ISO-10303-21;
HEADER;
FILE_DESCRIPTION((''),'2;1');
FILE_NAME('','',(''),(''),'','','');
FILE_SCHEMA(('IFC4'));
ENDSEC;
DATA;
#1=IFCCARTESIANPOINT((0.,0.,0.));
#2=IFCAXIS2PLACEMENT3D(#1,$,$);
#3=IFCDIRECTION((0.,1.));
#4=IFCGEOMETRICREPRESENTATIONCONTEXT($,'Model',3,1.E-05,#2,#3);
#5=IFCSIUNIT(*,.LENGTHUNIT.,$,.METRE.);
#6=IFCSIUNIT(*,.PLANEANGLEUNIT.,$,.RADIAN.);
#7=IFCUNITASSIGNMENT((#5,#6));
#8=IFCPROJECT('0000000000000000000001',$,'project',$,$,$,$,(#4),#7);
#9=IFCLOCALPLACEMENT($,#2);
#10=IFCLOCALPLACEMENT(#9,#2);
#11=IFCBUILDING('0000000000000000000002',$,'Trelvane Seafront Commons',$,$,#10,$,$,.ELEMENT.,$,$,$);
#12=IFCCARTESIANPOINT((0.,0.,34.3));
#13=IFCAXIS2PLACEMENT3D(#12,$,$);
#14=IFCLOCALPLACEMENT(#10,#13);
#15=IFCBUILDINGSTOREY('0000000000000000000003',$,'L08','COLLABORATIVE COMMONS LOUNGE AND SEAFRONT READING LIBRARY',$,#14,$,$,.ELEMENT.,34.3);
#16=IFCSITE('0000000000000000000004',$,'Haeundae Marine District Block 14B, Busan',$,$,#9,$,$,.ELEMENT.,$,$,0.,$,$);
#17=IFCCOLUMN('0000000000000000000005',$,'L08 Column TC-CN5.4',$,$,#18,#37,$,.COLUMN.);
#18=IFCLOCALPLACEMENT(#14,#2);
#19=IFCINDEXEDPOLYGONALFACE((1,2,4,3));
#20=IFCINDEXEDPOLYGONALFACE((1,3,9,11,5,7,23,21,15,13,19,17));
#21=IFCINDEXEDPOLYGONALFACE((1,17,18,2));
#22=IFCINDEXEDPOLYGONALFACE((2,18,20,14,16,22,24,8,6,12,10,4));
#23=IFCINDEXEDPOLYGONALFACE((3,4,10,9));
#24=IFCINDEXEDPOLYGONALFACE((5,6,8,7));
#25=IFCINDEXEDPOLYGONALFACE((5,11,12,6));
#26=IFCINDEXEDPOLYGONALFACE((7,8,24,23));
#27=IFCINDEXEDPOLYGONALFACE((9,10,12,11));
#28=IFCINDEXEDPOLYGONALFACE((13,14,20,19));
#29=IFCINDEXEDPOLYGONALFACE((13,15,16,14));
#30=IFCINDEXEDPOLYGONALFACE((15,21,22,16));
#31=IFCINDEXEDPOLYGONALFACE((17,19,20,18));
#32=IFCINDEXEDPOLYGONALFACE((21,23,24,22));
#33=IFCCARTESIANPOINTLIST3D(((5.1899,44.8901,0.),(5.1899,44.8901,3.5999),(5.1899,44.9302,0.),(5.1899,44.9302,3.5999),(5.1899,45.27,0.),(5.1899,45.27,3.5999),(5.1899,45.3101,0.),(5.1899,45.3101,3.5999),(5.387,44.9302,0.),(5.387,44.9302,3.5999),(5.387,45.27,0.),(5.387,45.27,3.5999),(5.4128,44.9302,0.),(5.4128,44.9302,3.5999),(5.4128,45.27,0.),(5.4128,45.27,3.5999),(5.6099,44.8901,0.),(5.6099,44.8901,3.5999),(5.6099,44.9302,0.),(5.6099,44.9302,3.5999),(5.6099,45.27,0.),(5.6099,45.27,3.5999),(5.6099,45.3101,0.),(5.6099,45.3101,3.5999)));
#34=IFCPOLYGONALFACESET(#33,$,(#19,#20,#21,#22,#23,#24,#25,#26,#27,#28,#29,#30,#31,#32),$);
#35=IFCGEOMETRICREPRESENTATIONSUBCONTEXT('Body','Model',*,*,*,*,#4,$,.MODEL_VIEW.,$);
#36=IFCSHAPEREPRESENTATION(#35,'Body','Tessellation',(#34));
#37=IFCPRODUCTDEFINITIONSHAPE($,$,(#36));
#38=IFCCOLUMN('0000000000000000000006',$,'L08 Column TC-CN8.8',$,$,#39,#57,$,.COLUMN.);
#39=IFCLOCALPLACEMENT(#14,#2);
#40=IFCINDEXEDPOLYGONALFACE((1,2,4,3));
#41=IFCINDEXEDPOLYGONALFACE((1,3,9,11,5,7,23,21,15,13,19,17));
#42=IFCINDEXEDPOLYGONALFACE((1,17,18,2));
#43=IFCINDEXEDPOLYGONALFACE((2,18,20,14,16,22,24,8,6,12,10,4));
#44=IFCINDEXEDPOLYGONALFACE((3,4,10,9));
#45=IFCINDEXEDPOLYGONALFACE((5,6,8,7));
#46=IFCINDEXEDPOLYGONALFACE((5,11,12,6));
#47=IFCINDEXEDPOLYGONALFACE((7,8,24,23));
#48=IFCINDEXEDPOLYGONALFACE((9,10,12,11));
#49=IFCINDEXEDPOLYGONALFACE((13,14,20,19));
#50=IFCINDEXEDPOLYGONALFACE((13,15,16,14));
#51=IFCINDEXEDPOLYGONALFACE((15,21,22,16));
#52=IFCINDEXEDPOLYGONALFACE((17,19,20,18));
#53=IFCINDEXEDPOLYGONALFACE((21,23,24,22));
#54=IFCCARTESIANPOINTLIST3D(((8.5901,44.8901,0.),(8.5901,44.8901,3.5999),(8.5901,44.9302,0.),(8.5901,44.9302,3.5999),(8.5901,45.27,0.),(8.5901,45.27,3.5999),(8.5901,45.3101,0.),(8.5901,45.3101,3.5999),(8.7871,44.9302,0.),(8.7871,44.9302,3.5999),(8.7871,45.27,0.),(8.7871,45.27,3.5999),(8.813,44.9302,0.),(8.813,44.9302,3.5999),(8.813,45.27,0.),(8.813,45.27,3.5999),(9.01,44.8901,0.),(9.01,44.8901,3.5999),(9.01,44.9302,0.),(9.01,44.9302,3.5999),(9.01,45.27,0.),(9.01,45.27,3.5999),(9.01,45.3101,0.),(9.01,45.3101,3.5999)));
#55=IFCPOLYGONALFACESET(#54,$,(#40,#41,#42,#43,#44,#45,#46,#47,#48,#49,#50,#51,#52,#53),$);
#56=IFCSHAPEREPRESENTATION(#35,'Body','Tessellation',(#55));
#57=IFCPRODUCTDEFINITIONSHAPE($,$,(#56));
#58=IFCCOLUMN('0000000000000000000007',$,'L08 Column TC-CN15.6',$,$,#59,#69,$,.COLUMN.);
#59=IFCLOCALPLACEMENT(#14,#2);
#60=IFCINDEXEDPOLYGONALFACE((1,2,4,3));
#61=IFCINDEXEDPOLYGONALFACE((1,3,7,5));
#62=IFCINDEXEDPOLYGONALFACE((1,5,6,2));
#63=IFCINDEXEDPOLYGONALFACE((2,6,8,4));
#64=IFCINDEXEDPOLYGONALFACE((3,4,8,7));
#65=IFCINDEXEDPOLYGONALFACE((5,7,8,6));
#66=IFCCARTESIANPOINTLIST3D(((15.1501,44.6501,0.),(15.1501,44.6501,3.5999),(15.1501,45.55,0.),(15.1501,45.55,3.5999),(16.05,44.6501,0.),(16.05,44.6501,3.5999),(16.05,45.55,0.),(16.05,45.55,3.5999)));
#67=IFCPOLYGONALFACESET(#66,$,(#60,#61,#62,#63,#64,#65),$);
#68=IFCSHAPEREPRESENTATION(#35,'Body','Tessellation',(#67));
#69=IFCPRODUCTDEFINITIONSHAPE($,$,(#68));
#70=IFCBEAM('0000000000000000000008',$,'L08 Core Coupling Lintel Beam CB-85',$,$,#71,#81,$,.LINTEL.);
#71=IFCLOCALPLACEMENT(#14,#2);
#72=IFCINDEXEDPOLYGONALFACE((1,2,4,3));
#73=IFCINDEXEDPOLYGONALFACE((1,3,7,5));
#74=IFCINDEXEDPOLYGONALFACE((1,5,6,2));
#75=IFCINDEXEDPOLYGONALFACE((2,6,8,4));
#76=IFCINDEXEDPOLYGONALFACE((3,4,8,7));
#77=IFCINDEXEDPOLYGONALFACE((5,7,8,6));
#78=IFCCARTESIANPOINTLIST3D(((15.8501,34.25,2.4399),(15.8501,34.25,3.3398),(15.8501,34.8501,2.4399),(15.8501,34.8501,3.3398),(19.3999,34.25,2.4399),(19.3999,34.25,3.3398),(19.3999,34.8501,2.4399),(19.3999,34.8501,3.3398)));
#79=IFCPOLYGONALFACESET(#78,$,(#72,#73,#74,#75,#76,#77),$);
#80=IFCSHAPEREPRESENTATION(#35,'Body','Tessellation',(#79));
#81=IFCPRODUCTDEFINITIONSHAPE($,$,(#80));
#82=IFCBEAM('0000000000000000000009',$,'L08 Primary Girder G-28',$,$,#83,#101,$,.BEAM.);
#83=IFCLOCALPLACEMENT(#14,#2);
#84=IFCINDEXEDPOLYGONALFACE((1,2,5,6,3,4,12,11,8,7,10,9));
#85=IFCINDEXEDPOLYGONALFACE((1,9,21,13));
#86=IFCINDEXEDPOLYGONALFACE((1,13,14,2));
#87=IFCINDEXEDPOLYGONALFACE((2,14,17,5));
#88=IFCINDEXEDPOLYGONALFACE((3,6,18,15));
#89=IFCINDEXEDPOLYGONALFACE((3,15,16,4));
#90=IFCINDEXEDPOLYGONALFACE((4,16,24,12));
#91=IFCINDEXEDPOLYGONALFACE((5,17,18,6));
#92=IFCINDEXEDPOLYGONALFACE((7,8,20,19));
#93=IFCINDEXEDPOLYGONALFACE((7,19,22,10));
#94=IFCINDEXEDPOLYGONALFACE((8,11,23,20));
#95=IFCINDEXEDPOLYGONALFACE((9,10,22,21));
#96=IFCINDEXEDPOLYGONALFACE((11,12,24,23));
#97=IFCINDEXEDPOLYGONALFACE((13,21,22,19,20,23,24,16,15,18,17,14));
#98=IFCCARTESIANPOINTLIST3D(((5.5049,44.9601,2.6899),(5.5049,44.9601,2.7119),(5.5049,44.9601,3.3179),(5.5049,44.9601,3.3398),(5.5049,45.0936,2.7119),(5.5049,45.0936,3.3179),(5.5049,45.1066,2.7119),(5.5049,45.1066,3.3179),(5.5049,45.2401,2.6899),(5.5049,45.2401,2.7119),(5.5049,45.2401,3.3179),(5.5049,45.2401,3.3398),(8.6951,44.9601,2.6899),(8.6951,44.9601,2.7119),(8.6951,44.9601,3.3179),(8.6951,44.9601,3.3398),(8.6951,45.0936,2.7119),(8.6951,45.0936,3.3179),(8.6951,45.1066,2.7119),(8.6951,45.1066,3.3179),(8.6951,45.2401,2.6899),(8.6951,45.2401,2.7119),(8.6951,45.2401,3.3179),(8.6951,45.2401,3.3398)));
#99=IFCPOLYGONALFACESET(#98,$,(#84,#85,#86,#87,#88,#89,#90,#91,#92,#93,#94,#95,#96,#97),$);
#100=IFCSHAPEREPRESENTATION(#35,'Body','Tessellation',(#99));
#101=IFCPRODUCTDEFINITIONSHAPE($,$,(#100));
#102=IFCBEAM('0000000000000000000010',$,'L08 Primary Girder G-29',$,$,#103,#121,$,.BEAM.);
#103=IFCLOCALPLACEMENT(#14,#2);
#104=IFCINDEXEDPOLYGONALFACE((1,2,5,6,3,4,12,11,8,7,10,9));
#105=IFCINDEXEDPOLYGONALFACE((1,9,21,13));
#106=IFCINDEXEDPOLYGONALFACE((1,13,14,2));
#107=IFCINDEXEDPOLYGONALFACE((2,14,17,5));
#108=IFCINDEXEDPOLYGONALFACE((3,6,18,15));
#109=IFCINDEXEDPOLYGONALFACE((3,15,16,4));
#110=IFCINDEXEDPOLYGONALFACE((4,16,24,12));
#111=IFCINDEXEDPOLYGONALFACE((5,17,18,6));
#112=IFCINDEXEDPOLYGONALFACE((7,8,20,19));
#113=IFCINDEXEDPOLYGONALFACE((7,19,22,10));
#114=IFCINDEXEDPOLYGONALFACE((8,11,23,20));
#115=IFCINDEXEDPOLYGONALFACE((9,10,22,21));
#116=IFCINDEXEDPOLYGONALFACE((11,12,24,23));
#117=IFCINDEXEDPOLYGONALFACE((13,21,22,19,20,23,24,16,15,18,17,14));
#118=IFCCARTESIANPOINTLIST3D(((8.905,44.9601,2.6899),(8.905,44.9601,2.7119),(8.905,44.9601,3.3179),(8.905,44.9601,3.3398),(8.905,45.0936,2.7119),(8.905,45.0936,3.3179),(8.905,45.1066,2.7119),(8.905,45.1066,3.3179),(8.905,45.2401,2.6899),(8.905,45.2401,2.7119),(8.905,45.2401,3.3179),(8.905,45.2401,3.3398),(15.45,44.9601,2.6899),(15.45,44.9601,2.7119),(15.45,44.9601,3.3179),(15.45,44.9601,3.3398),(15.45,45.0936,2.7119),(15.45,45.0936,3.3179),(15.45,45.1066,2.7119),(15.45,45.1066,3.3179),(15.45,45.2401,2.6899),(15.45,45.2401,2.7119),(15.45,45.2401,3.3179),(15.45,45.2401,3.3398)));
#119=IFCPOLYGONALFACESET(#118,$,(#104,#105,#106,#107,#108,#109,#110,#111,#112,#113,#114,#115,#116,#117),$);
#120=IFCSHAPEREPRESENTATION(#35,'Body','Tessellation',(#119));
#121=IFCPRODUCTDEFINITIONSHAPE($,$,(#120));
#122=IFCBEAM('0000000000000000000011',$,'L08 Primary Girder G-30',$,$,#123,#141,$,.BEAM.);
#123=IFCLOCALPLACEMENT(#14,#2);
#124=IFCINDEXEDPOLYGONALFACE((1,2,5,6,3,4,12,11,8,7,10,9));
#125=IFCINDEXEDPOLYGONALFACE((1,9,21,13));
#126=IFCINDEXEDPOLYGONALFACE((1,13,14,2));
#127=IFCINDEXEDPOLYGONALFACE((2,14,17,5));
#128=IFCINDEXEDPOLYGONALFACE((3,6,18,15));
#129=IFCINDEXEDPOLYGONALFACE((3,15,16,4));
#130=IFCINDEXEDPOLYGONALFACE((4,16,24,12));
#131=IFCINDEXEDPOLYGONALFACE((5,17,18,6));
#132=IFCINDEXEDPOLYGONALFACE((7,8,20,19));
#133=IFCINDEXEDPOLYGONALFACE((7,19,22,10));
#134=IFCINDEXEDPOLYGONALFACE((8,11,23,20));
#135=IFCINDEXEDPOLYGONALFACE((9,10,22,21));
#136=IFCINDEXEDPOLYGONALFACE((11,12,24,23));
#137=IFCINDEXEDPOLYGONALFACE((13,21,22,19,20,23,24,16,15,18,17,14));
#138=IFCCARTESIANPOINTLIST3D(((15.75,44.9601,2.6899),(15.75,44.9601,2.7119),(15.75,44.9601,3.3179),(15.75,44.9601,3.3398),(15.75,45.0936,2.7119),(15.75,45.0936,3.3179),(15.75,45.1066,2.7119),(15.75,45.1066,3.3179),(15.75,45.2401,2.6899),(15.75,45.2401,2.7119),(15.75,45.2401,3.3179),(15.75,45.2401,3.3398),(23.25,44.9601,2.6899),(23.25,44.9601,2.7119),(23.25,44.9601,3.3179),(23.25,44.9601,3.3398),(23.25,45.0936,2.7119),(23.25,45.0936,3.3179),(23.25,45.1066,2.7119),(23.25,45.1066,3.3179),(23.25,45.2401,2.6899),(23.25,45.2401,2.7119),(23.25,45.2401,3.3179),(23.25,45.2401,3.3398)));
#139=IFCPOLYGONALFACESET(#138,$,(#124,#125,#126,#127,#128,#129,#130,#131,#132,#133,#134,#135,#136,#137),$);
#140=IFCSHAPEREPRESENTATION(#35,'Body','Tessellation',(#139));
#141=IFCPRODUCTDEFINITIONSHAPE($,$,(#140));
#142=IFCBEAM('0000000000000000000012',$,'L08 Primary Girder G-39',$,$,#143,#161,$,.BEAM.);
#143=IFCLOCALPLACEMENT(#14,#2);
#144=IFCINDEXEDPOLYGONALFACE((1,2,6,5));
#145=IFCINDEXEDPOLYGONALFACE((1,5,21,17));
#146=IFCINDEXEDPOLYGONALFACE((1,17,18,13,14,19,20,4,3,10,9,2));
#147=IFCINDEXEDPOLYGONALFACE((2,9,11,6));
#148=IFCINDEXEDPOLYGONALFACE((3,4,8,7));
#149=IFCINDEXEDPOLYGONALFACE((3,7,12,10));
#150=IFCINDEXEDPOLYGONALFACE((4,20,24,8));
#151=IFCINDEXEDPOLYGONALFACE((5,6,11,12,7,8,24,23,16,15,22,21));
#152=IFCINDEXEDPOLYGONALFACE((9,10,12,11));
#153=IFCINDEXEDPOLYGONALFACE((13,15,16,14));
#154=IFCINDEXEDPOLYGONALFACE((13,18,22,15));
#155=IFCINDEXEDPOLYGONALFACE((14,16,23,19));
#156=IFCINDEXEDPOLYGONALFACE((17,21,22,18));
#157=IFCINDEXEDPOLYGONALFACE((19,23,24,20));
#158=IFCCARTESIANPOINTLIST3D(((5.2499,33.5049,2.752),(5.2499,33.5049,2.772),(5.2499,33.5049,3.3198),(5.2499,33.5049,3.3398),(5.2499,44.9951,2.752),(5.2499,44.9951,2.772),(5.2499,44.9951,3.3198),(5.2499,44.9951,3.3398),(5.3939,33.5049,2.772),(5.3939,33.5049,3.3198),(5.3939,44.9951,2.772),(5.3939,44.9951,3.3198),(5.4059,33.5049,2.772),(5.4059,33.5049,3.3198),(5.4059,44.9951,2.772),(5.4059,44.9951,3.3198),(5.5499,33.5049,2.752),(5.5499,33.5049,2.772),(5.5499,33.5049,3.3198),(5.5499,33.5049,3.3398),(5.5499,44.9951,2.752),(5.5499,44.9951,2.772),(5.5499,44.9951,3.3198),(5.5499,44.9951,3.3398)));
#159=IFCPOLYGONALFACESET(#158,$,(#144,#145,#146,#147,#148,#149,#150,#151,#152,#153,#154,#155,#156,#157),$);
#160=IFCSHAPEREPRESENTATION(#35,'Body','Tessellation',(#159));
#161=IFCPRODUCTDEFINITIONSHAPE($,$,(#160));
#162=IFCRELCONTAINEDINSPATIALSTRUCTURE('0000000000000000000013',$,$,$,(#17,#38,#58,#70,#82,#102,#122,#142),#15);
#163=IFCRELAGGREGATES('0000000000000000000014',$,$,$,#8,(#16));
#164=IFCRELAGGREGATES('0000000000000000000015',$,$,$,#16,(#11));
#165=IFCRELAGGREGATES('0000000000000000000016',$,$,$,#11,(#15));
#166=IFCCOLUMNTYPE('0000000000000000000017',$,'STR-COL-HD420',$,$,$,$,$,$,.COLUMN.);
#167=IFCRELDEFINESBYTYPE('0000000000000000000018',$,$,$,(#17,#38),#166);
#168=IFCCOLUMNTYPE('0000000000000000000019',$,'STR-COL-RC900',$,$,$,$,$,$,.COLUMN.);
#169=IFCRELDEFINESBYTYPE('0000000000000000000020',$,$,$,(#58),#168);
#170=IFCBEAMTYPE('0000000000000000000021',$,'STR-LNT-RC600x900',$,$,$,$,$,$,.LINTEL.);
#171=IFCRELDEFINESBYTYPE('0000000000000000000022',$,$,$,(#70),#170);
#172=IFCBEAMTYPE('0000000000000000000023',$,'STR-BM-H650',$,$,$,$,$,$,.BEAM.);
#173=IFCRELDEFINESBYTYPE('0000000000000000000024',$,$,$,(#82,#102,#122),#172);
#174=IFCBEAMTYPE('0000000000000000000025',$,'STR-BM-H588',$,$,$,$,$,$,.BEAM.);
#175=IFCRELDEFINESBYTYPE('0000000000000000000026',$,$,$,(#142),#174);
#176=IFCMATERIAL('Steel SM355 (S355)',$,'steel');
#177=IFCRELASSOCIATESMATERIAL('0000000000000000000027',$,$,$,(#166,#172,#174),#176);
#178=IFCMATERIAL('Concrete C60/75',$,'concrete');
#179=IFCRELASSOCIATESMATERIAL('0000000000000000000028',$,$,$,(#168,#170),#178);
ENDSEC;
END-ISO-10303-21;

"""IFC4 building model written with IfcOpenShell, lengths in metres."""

from ifc_helpers import new_model, si_unit, direction, frame, origin, origin_2d, place, context, subcontext, project, spatial, rectangle, i_section, extrude, source, transform, mapped, material, material_profile, profile_set, type_object, element, save


model = new_model("IFC4")

# Units and contexts
model_context = context("Model", 3, precision=1e-05, world=origin(), true_north=direction((0.0, 1.0)))
body_context = subcontext(model_context, "Body", "Model", "MODEL_VIEW")
ifc_project = project(units=[si_unit("LENGTHUNIT", "METRE"), si_unit("PLANEANGLEUNIT", "RADIAN")], contexts=[model_context])

# Site, building, storey
site_placement = place(None, origin())
site = spatial("IfcSite", under=ifc_project, at=site_placement, Name="Haeundae Marine District Block 14B, Busan", CompositionType="ELEMENT", RefElevation=0.0)
building_placement = place(site_placement, origin())
building = spatial("IfcBuilding", under=site, at=building_placement, Name="Trelvane Seafront Commons", CompositionType="ELEMENT")
storey_placement = place(building_placement, frame((0.0, 0.0, 34.3)))
storey = spatial("IfcBuildingStorey", under=building, at=storey_placement, Name="L08", Description="COLLABORATIVE COMMONS LOUNGE AND SEAFRONT READING LIBRARY", CompositionType="ELEMENT", Elevation=34.3)

# Columns
ifc_material_1 = material(Name="Steel SM355 (S355)", Category="steel")
ifc_material_profile_1 = material_profile(ifc_material_1, i_section(OverallWidth=0.4199, OverallDepth=0.4199, WebThickness=0.0259, FlangeThickness=0.04, at=origin_2d()), Name="HD-420x420x26x40")
ifc_profile_set_1 = profile_set([ifc_material_profile_1], Name="Steel SM355 (S355)")
column_type_1 = type_object("IfcColumnType", Name="STR-COL-HD420", PredefinedType="COLUMN", material=ifc_profile_set_1)
shared_shape_1 = source(origin(), body_context, "Body", "SweptSolid", [
    extrude(i_section(OverallWidth=0.4199, OverallDepth=0.4199, WebThickness=0.0259, FlangeThickness=0.04, at=origin_2d()), origin(), (0.0, 0.0, 1.0), 3.5999),
])
for number, where, z_axis, x_axis, name in (
    (1, (5.3999, 45.1001, 0.0), (0.0, 0.0, 1.0), (1.0, 0.0, 0.0), "L08 Column TC-CN5.4"),
    (2, (8.8, 45.1001, 0.0), (0.0, 0.0, 1.0), (1.0, 0.0, 0.0), "L08 Column TC-CN8.8"),
):
    element("IfcColumn", number, at=place(storey_placement, frame(where, z_axis=z_axis, x_axis=x_axis)), inside=storey, type_object=column_type_1, Name=name, PredefinedType="COLUMN", context=body_context, shape_type="MappedRepresentation", body=[
        mapped(shared_shape_1, transform((0.0, 0.0, 0.0), x_axis=(1.0, 0.0, 0.0), y_axis=(0.0, 1.0, 0.0), z_axis=(0.0, 0.0, 1.0), scale=1.0)),
    ])
ifc_material_2 = material(Name="Concrete C60/75", Category="concrete")
ifc_material_profile_2 = material_profile(ifc_material_2, rectangle(XDim=0.8999, YDim=0.8999, at=origin_2d()), Name="RC-900x900")
ifc_profile_set_2 = profile_set([ifc_material_profile_2], Name="Concrete C60/75")
column_type_2 = type_object("IfcColumnType", Name="STR-COL-RC900", PredefinedType="COLUMN", material=ifc_profile_set_2)
shared_shape_2 = source(origin(), body_context, "Body", "SweptSolid", [
    extrude(rectangle(XDim=0.8999, YDim=0.8999, at=origin_2d()), origin(), (0.0, 0.0, 1.0), 3.5999),
])
column_placement = place(storey_placement, frame((15.6001, 45.1001, 0.0), z_axis=(0.0, 0.0, 1.0), x_axis=(1.0, 0.0, 0.0)))
element("IfcColumn", 3, at=column_placement, inside=storey, type_object=column_type_2, Name="L08 Column TC-CN15.6", PredefinedType="COLUMN", context=body_context, shape_type="MappedRepresentation", body=[
    mapped(shared_shape_2, transform((0.0, 0.0, 0.0), x_axis=(1.0, 0.0, 0.0), y_axis=(0.0, 1.0, 0.0), z_axis=(0.0, 0.0, 1.0), scale=1.0)),
])

# Beams
ifc_material_profile_3 = material_profile(ifc_material_2, rectangle(XDim=0.6001, YDim=0.8999, at=origin_2d()), Name="RC-600x900")
ifc_profile_set_3 = profile_set([ifc_material_profile_3], Name="Concrete C60/75")
beam_type_1 = type_object("IfcBeamType", Name="STR-LNT-RC600x900", PredefinedType="LINTEL", material=ifc_profile_set_3)
shared_shape_3 = source(origin(), body_context, "Body", "SweptSolid", [
    extrude(rectangle(XDim=0.6001, YDim=0.8999, at=origin_2d()), origin(), (0.0, 0.0, 1.0), 3.5498),
])
beam_1_placement = place(storey_placement, frame((15.8501, 34.55, 2.8899), z_axis=(1.0, 0.0, 0.0), x_axis=(0.0, 1.0, 0.0)))
element("IfcBeam", 4, at=beam_1_placement, inside=storey, type_object=beam_type_1, Name="L08 Core Coupling Lintel Beam CB-85", PredefinedType="LINTEL", context=body_context, shape_type="MappedRepresentation", body=[
    mapped(shared_shape_3, transform((0.0, 0.0, 0.0), x_axis=(1.0, 0.0, 0.0), y_axis=(0.0, 1.0, 0.0), z_axis=(0.0, 0.0, 1.0), scale=1.0)),
])
ifc_material_profile_4 = material_profile(ifc_material_1, i_section(OverallWidth=0.28, OverallDepth=0.6499, WebThickness=0.0129, FlangeThickness=0.022, at=origin_2d()), Name="H-650x280x13x22")
ifc_profile_set_4 = profile_set([ifc_material_profile_4], Name="Steel SM355 (S355)")
beam_type_2 = type_object("IfcBeamType", Name="STR-BM-H650", PredefinedType="BEAM", material=ifc_profile_set_4)
shared_shape_4 = source(origin(), body_context, "Body", "SweptSolid", [
    extrude(i_section(OverallWidth=0.28, OverallDepth=0.6499, WebThickness=0.0129, FlangeThickness=0.022, at=origin_2d()), origin(), (0.0, 0.0, 1.0), 3.1902),
])
beam_2_placement = place(storey_placement, frame((5.5049, 45.1001, 3.0149), z_axis=(1.0, 0.0, 0.0), x_axis=(0.0, 1.0, 0.0)))
element("IfcBeam", 5, at=beam_2_placement, inside=storey, type_object=beam_type_2, Name="L08 Primary Girder G-28", PredefinedType="BEAM", context=body_context, shape_type="MappedRepresentation", body=[
    mapped(shared_shape_4, transform((0.0, 0.0, 0.0), x_axis=(1.0, 0.0, 0.0), y_axis=(0.0, 1.0, 0.0), z_axis=(0.0, 0.0, 1.0), scale=1.0)),
])
shared_shape_5 = source(origin(), body_context, "Body", "SweptSolid", [
    extrude(i_section(OverallWidth=0.28, OverallDepth=0.6499, WebThickness=0.0129, FlangeThickness=0.022, at=origin_2d()), origin(), (0.0, 0.0, 1.0), 6.5449),
])
beam_3_placement = place(storey_placement, frame((8.905, 45.1001, 3.0149), z_axis=(1.0, 0.0, 0.0), x_axis=(0.0, 1.0, 0.0)))
element("IfcBeam", 6, at=beam_3_placement, inside=storey, type_object=beam_type_2, Name="L08 Primary Girder G-29", PredefinedType="BEAM", context=body_context, shape_type="MappedRepresentation", body=[
    mapped(shared_shape_5, transform((0.0, 0.0, 0.0), x_axis=(1.0, 0.0, 0.0), y_axis=(0.0, 1.0, 0.0), z_axis=(0.0, 0.0, 1.0), scale=1.0)),
])
shared_shape_6 = source(origin(), body_context, "Body", "SweptSolid", [
    extrude(i_section(OverallWidth=0.28, OverallDepth=0.6499, WebThickness=0.0129, FlangeThickness=0.022, at=origin_2d()), origin(), (0.0, 0.0, 1.0), 7.5),
])
beam_4_placement = place(storey_placement, frame((15.75, 45.1001, 3.0149), z_axis=(1.0, 0.0, 0.0), x_axis=(0.0, 1.0, 0.0)))
element("IfcBeam", 7, at=beam_4_placement, inside=storey, type_object=beam_type_2, Name="L08 Primary Girder G-30", PredefinedType="BEAM", context=body_context, shape_type="MappedRepresentation", body=[
    mapped(shared_shape_6, transform((0.0, 0.0, 0.0), x_axis=(1.0, 0.0, 0.0), y_axis=(0.0, 1.0, 0.0), z_axis=(0.0, 0.0, 1.0), scale=1.0)),
])
ifc_material_profile_5 = material_profile(ifc_material_1, i_section(OverallWidth=0.3, OverallDepth=0.5879, WebThickness=0.012, FlangeThickness=0.02, at=origin_2d()), Name="H-588x300x12x20")
ifc_profile_set_5 = profile_set([ifc_material_profile_5], Name="Steel SM355 (S355)")
beam_type_3 = type_object("IfcBeamType", Name="STR-BM-H588", PredefinedType="BEAM", material=ifc_profile_set_5)
shared_shape_7 = source(origin(), body_context, "Body", "SweptSolid", [
    extrude(i_section(OverallWidth=0.3, OverallDepth=0.5879, WebThickness=0.012, FlangeThickness=0.02, at=origin_2d()), origin(), (0.0, 0.0, 1.0), 11.4902),
])
for number, where, z_axis, x_axis, name in (
    (8, (5.3999, 33.5049, 3.0459), (0.0, 1.0, 0.0), (-1.0, 0.0, 0.0), "L08 Primary Girder G-39"),
):
    element("IfcBeam", number, at=place(storey_placement, frame(where, z_axis=z_axis, x_axis=x_axis)), inside=storey, type_object=beam_type_3, Name=name, PredefinedType="BEAM", context=body_context, shape_type="MappedRepresentation", body=[
        mapped(shared_shape_7, transform((0.0, 0.0, 0.0), x_axis=(1.0, 0.0, 0.0), y_axis=(0.0, 1.0, 0.0), z_axis=(0.0, 0.0, 1.0), scale=1.0)),
    ])

save(model, "model.ifc")
